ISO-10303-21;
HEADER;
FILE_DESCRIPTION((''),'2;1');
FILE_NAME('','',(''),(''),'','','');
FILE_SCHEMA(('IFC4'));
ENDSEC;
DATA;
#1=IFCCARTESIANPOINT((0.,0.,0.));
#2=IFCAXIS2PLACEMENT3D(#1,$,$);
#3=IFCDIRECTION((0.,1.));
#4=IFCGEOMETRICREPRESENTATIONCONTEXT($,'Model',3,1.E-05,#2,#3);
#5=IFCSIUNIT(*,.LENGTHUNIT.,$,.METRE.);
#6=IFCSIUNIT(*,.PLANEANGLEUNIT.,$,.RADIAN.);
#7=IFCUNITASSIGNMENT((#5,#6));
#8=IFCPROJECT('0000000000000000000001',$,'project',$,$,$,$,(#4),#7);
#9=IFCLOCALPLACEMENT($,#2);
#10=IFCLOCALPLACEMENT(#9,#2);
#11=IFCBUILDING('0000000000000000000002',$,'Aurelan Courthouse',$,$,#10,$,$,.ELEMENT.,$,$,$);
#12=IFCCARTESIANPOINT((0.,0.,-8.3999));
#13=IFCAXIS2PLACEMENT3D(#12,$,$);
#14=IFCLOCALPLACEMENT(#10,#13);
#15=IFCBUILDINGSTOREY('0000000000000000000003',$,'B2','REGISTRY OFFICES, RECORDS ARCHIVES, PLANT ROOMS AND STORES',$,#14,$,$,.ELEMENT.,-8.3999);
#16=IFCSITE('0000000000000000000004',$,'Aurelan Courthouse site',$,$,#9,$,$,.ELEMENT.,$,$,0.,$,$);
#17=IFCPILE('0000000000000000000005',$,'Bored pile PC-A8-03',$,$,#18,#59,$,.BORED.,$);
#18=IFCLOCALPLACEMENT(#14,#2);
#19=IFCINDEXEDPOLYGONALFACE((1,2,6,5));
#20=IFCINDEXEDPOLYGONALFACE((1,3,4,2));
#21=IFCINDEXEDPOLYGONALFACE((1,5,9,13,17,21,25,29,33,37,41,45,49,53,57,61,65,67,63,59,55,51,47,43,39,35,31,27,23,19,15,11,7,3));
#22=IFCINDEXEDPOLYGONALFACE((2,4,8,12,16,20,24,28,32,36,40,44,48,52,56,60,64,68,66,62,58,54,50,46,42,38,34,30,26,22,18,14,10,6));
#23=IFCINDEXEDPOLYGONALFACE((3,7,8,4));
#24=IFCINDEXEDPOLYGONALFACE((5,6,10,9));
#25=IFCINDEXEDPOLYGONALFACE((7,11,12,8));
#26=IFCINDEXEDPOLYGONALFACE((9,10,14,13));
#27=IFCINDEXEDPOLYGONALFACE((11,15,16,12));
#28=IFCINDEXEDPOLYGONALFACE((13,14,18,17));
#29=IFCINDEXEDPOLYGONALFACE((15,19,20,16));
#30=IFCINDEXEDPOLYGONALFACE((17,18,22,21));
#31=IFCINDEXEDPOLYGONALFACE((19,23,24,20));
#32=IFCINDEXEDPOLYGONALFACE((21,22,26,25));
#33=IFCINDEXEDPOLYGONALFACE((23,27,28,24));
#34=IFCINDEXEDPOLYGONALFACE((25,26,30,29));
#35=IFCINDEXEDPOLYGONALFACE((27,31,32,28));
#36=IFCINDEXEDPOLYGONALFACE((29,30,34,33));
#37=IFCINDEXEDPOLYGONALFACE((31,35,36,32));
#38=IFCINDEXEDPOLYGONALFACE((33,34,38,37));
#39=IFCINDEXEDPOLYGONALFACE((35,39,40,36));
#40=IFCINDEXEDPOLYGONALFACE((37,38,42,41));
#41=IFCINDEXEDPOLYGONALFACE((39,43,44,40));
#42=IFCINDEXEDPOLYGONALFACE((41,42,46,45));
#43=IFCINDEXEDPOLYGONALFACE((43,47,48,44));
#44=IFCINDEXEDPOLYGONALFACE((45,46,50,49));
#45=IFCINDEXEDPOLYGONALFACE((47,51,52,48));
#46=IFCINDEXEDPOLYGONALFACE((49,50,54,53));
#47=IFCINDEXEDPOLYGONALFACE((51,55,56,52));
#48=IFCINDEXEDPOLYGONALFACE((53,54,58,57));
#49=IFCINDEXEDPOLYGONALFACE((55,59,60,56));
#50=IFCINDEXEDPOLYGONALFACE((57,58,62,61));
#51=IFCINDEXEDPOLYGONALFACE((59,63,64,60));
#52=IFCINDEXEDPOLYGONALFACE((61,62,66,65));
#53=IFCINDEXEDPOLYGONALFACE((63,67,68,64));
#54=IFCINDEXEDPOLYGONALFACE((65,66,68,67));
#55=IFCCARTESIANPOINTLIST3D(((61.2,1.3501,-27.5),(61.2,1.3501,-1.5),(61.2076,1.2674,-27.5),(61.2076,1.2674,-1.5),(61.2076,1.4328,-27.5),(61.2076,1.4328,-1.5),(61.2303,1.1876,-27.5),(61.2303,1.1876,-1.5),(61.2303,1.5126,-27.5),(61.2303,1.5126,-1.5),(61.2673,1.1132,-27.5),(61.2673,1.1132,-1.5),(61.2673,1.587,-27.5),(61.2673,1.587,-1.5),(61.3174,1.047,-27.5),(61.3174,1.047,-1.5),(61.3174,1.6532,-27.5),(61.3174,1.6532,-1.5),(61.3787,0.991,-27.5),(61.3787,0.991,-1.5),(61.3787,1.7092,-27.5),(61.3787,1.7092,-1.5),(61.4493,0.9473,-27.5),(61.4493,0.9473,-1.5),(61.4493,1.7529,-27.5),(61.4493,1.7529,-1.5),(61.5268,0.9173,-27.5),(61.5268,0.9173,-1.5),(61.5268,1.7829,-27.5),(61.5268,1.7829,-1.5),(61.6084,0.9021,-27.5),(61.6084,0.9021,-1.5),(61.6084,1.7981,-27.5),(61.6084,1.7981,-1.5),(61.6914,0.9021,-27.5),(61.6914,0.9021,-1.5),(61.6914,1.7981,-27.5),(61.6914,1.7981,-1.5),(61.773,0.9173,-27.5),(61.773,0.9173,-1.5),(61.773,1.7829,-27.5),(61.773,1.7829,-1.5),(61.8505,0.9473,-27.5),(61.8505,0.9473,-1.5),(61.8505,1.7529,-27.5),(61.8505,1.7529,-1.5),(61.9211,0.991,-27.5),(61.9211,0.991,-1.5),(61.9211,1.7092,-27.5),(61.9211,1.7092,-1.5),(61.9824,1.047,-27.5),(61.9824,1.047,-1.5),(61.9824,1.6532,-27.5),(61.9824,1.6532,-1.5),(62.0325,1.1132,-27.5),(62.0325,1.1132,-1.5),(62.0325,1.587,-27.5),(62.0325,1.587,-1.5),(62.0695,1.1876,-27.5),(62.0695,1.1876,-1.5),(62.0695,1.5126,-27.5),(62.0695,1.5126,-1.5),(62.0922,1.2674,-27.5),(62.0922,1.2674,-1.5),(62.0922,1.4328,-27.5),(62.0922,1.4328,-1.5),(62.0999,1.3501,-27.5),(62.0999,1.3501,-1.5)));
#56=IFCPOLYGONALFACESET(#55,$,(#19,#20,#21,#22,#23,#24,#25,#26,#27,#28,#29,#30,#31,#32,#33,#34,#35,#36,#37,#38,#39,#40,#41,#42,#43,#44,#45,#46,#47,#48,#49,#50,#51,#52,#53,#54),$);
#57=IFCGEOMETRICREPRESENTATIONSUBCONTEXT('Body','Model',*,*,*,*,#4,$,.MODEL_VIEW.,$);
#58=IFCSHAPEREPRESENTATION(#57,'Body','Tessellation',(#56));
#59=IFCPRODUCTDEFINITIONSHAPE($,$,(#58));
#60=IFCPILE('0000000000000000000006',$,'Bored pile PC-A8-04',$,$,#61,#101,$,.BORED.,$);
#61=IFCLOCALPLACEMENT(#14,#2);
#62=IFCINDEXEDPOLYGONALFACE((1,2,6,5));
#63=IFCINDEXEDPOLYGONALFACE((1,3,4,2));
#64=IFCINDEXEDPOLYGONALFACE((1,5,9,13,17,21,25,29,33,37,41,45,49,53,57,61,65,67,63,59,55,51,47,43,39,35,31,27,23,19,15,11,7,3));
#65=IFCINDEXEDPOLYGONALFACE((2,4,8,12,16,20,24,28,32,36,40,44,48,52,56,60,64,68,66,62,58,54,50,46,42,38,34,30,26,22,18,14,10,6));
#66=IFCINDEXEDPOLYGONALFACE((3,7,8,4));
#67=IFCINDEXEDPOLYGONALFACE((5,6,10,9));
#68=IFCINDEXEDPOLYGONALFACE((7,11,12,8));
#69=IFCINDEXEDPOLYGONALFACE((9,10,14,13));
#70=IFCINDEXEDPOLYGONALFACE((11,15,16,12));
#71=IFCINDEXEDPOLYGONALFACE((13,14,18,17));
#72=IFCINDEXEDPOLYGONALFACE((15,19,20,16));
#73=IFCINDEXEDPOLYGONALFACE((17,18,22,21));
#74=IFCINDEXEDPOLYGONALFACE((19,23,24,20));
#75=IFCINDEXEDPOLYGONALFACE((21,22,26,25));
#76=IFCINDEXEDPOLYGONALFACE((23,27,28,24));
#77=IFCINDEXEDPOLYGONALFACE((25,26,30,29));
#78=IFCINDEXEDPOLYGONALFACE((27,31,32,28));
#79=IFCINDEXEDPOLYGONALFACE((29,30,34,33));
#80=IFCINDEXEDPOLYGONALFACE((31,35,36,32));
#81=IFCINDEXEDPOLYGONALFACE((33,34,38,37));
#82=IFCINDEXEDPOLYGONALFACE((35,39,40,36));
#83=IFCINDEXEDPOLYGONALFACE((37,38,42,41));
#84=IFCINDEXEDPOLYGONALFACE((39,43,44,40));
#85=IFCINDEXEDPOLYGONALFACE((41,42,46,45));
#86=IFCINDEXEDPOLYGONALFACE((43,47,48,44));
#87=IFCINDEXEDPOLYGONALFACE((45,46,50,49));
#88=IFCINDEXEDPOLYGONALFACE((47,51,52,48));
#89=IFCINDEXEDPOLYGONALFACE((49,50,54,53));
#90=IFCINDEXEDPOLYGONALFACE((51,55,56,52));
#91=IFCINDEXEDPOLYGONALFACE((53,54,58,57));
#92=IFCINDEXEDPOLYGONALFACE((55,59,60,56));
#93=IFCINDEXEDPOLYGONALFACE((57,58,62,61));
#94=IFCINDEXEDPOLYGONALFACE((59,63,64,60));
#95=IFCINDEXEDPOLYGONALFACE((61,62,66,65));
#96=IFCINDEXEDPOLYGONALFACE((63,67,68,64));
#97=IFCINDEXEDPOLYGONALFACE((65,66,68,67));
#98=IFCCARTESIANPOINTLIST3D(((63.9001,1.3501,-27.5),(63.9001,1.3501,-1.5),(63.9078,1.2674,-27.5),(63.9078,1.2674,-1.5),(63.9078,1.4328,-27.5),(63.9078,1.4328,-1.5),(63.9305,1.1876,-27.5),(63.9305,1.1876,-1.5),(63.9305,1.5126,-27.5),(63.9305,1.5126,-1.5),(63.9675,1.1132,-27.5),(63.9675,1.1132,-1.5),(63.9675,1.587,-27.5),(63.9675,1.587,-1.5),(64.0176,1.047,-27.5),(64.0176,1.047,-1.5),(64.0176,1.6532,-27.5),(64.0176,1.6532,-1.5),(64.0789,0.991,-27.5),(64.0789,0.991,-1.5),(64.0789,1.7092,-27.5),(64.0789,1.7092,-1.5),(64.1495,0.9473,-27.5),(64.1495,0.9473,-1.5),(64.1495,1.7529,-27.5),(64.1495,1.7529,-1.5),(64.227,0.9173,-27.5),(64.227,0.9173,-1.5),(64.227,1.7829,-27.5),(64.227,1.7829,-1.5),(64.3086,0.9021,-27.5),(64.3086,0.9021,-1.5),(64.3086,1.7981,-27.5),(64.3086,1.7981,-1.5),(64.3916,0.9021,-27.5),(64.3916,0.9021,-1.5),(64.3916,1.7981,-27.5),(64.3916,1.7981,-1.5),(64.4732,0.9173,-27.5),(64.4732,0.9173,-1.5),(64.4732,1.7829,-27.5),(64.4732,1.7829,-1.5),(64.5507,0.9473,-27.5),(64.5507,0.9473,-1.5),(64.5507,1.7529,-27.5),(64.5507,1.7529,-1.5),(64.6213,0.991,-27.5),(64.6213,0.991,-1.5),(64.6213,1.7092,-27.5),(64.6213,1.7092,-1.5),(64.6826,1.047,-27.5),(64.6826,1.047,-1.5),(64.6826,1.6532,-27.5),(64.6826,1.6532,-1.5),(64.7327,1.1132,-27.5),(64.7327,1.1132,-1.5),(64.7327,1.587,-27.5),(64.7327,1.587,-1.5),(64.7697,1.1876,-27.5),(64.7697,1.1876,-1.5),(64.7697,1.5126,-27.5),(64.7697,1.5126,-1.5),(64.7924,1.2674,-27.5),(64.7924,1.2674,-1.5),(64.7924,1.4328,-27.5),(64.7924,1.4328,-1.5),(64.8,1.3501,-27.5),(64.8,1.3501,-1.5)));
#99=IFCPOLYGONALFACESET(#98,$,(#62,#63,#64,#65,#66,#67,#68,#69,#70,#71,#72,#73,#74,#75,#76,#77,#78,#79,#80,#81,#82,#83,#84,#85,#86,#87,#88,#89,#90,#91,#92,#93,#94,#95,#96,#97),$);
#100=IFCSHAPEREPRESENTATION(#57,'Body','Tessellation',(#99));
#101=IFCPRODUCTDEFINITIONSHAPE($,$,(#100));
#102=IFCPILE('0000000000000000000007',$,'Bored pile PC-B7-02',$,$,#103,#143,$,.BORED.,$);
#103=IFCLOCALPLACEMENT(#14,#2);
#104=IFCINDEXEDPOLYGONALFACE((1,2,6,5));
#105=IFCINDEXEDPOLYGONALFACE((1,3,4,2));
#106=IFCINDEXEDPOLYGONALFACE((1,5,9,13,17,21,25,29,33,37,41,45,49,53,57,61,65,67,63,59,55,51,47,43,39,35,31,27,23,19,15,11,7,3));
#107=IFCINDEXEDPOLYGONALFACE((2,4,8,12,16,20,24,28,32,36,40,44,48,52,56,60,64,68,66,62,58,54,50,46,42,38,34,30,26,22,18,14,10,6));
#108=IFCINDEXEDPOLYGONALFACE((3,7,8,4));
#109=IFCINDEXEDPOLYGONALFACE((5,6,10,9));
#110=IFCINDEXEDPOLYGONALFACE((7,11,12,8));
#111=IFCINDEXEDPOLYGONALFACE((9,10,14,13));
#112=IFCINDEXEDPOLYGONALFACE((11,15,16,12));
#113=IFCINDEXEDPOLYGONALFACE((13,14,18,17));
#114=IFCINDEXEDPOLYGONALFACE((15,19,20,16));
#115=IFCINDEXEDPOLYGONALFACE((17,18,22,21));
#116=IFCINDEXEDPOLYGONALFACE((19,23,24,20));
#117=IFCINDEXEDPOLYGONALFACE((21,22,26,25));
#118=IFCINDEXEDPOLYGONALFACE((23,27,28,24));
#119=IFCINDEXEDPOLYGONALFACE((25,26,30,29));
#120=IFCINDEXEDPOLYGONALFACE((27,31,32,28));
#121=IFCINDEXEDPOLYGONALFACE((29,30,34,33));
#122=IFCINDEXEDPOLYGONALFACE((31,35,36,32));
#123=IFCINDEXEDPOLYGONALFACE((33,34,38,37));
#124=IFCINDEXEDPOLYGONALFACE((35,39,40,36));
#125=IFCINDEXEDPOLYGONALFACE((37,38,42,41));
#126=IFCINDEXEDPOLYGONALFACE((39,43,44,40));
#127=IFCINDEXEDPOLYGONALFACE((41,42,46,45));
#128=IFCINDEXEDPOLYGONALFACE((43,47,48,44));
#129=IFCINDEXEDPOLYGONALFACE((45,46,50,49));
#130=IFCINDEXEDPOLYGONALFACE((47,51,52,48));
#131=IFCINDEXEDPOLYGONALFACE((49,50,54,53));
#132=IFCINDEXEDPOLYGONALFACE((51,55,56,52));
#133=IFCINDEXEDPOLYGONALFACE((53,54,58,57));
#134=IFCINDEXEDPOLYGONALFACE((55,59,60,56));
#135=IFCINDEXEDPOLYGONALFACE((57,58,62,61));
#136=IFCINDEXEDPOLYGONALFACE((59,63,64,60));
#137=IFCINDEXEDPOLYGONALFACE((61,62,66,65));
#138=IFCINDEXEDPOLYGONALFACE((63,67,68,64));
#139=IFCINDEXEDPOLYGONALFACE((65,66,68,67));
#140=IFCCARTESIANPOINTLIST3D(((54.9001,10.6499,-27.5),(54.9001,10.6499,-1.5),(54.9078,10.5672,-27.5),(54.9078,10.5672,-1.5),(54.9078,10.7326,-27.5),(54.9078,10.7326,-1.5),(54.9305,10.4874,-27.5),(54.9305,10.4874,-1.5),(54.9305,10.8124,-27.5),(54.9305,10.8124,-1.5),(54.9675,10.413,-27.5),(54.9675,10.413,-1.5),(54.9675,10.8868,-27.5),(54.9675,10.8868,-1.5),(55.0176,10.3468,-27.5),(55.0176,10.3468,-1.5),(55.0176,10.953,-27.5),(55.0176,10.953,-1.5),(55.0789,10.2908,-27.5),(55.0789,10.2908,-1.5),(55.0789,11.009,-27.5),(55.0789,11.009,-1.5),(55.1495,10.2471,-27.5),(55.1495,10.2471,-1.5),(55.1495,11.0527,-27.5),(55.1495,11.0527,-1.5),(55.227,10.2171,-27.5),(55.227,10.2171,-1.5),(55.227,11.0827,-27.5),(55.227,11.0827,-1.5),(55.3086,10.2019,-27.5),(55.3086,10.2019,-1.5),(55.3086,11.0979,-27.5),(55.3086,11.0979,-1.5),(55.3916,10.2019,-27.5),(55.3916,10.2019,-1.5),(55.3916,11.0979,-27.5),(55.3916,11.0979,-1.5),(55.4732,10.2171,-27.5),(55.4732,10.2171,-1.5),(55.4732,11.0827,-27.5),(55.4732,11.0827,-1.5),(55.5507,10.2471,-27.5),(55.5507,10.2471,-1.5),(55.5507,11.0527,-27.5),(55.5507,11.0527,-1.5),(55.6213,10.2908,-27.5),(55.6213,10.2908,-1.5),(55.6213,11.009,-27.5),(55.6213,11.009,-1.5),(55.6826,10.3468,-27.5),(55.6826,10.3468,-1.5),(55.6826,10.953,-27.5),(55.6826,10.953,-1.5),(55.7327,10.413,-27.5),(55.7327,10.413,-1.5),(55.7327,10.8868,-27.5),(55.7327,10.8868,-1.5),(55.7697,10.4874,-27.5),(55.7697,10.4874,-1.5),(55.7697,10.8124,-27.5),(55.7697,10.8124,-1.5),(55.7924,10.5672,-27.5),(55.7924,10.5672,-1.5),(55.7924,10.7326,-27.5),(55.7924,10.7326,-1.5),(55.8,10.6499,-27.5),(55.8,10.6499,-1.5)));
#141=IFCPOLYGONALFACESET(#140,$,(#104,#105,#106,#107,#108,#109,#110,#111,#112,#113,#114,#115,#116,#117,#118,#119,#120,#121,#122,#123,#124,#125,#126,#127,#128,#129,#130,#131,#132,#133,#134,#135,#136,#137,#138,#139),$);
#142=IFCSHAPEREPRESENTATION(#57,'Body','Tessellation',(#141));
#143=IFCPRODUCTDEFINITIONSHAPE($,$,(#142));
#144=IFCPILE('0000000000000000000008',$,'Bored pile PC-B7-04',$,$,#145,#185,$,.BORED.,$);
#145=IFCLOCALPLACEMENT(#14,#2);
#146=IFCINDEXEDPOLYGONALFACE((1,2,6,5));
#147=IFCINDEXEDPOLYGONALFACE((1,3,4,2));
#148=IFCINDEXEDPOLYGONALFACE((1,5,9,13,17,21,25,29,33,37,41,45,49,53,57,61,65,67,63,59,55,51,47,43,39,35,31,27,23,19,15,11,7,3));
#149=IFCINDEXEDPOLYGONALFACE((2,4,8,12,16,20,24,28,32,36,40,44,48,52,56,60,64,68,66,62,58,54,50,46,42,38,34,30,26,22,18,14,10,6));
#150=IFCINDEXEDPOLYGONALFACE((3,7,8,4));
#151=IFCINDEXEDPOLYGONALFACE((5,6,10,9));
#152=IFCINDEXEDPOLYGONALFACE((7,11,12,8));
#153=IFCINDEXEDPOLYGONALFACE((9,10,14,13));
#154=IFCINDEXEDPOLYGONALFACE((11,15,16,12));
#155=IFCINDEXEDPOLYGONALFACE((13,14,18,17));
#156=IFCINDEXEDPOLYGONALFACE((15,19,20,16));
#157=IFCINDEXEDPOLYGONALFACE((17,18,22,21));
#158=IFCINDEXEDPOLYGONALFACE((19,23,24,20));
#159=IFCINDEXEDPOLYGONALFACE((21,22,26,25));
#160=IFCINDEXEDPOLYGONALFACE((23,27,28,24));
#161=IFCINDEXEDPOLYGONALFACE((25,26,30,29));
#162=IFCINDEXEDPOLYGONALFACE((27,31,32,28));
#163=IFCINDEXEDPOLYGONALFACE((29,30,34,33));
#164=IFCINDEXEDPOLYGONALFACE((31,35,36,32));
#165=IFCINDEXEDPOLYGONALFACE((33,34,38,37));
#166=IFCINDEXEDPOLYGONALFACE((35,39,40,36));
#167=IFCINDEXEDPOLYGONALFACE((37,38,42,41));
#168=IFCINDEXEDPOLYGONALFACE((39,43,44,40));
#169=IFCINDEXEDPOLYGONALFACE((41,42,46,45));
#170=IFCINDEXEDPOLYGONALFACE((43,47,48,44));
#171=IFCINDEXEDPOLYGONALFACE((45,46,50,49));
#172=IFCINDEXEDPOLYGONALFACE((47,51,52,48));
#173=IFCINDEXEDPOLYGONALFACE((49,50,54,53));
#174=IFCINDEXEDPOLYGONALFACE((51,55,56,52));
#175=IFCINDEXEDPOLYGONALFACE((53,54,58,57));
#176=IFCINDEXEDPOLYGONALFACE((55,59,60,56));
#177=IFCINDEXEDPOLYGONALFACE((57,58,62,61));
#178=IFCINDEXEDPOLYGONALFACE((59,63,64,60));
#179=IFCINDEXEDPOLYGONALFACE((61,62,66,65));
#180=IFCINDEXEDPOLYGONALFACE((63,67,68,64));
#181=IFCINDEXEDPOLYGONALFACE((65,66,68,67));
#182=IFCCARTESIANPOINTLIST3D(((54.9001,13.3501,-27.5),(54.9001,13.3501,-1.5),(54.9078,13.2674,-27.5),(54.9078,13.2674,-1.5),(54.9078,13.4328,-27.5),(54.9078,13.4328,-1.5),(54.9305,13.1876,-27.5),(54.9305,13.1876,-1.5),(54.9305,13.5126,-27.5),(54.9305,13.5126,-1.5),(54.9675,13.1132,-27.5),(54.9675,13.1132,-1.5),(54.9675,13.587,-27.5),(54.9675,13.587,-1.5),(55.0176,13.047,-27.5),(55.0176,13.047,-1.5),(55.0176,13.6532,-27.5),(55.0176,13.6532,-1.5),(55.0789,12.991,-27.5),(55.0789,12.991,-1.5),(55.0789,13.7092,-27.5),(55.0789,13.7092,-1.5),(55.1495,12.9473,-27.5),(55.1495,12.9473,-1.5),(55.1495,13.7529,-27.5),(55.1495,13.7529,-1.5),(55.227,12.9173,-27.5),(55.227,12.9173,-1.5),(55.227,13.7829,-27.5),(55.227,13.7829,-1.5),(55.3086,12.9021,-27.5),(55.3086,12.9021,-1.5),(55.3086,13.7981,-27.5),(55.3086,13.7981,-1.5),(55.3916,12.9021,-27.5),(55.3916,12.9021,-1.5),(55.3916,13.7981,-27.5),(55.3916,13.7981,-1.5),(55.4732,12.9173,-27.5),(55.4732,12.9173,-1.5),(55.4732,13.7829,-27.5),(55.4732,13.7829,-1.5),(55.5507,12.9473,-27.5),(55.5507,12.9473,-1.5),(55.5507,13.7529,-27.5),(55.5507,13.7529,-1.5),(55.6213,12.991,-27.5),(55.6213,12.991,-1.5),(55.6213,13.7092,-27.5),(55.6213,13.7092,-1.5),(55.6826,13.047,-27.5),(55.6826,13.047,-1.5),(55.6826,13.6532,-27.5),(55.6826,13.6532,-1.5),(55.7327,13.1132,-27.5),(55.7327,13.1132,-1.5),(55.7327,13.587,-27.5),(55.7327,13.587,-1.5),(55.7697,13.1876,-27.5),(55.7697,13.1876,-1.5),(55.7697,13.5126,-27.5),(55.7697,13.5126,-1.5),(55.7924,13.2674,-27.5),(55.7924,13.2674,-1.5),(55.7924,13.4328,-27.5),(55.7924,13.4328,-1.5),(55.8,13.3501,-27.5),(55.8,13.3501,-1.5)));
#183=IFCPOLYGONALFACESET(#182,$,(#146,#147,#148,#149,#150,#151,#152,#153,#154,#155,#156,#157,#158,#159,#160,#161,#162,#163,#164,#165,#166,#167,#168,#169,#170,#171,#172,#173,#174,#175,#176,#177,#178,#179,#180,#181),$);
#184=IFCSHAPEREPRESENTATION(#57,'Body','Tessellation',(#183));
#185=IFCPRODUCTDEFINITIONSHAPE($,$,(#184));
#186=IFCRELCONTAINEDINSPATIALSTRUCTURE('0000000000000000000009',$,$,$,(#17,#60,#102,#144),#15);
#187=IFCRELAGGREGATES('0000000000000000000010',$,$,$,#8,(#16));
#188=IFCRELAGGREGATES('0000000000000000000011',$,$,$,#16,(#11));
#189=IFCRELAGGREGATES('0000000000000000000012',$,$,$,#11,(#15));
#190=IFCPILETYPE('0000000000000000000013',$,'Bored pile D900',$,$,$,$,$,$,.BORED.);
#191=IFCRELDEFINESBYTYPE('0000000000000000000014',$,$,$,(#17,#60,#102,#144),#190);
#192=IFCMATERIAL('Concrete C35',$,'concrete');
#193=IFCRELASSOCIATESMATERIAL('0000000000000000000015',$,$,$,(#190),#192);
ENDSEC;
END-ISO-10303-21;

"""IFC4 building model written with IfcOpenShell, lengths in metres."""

from ifc_helpers import new_model, si_unit, direction, frame, origin, origin_2d, place, context, subcontext, project, spatial, circle, extrude, material, material_profile, profile_set, type_object, element, save


model = new_model("IFC4")

# Units and contexts
model_context = context("Model", 3, precision=1e-05, world=origin(), true_north=direction((0.0, 1.0)))
body_context = subcontext(model_context, "Body", "Model", "MODEL_VIEW")
ifc_project = project(units=[si_unit("LENGTHUNIT", "METRE"), si_unit("PLANEANGLEUNIT", "RADIAN")], contexts=[model_context])

# Site, building, storey
site_placement = place(None, origin())
site = spatial("IfcSite", under=ifc_project, at=site_placement, Name="Aurelan Courthouse site", CompositionType="ELEMENT", RefElevation=0.0)
building_placement = place(site_placement, origin())
building = spatial("IfcBuilding", under=site, at=building_placement, Name="Aurelan Courthouse", CompositionType="ELEMENT")
storey_placement = place(building_placement, frame((0.0, 0.0, -8.3999)))
storey = spatial("IfcBuildingStorey", under=building, at=storey_placement, Name="B2", Description="REGISTRY OFFICES, RECORDS ARCHIVES, PLANT ROOMS AND STORES", CompositionType="ELEMENT", Elevation=-8.3999)

# Piles
ifc_material_1 = material(Name="Concrete C35", Category="concrete")
ifc_material_profile_1 = material_profile(ifc_material_1, circle(Radius=0.45, at=origin_2d()), Name="D900")
ifc_profile_set_1 = profile_set([ifc_material_profile_1], Name="Concrete C35")
pile_type = type_object("IfcPileType", Name="Bored pile D900", PredefinedType="BORED", material=ifc_profile_set_1)
for number, where, z_axis, x_axis, name in (
    (1, (61.6499, 1.3501, -1.5), (0.0, 0.0, -1.0), (1.0, 0.0, 0.0), "Bored pile PC-A8-03"),
    (2, (64.3501, 1.3501, -1.5), (0.0, 0.0, -1.0), (1.0, 0.0, 0.0), "Bored pile PC-A8-04"),
    (3, (55.3501, 10.6499, -1.5), (0.0, 0.0, -1.0), (1.0, 0.0, 0.0), "Bored pile PC-B7-02"),
    (4, (55.3501, 13.3501, -1.5), (0.0, 0.0, -1.0), (1.0, 0.0, 0.0), "Bored pile PC-B7-04"),
):
    element("IfcPile", number, at=place(storey_placement, frame(where, z_axis=z_axis, x_axis=x_axis)), inside=storey, type_object=pile_type, Name=name, PredefinedType="BORED", context=body_context, shape_type="SweptSolid", body=[
        extrude(circle(Radius=0.45, at=origin_2d()), origin(), (0.0, 0.0, 1.0), 26.0),
    ])

save(model, "model.ifc")
